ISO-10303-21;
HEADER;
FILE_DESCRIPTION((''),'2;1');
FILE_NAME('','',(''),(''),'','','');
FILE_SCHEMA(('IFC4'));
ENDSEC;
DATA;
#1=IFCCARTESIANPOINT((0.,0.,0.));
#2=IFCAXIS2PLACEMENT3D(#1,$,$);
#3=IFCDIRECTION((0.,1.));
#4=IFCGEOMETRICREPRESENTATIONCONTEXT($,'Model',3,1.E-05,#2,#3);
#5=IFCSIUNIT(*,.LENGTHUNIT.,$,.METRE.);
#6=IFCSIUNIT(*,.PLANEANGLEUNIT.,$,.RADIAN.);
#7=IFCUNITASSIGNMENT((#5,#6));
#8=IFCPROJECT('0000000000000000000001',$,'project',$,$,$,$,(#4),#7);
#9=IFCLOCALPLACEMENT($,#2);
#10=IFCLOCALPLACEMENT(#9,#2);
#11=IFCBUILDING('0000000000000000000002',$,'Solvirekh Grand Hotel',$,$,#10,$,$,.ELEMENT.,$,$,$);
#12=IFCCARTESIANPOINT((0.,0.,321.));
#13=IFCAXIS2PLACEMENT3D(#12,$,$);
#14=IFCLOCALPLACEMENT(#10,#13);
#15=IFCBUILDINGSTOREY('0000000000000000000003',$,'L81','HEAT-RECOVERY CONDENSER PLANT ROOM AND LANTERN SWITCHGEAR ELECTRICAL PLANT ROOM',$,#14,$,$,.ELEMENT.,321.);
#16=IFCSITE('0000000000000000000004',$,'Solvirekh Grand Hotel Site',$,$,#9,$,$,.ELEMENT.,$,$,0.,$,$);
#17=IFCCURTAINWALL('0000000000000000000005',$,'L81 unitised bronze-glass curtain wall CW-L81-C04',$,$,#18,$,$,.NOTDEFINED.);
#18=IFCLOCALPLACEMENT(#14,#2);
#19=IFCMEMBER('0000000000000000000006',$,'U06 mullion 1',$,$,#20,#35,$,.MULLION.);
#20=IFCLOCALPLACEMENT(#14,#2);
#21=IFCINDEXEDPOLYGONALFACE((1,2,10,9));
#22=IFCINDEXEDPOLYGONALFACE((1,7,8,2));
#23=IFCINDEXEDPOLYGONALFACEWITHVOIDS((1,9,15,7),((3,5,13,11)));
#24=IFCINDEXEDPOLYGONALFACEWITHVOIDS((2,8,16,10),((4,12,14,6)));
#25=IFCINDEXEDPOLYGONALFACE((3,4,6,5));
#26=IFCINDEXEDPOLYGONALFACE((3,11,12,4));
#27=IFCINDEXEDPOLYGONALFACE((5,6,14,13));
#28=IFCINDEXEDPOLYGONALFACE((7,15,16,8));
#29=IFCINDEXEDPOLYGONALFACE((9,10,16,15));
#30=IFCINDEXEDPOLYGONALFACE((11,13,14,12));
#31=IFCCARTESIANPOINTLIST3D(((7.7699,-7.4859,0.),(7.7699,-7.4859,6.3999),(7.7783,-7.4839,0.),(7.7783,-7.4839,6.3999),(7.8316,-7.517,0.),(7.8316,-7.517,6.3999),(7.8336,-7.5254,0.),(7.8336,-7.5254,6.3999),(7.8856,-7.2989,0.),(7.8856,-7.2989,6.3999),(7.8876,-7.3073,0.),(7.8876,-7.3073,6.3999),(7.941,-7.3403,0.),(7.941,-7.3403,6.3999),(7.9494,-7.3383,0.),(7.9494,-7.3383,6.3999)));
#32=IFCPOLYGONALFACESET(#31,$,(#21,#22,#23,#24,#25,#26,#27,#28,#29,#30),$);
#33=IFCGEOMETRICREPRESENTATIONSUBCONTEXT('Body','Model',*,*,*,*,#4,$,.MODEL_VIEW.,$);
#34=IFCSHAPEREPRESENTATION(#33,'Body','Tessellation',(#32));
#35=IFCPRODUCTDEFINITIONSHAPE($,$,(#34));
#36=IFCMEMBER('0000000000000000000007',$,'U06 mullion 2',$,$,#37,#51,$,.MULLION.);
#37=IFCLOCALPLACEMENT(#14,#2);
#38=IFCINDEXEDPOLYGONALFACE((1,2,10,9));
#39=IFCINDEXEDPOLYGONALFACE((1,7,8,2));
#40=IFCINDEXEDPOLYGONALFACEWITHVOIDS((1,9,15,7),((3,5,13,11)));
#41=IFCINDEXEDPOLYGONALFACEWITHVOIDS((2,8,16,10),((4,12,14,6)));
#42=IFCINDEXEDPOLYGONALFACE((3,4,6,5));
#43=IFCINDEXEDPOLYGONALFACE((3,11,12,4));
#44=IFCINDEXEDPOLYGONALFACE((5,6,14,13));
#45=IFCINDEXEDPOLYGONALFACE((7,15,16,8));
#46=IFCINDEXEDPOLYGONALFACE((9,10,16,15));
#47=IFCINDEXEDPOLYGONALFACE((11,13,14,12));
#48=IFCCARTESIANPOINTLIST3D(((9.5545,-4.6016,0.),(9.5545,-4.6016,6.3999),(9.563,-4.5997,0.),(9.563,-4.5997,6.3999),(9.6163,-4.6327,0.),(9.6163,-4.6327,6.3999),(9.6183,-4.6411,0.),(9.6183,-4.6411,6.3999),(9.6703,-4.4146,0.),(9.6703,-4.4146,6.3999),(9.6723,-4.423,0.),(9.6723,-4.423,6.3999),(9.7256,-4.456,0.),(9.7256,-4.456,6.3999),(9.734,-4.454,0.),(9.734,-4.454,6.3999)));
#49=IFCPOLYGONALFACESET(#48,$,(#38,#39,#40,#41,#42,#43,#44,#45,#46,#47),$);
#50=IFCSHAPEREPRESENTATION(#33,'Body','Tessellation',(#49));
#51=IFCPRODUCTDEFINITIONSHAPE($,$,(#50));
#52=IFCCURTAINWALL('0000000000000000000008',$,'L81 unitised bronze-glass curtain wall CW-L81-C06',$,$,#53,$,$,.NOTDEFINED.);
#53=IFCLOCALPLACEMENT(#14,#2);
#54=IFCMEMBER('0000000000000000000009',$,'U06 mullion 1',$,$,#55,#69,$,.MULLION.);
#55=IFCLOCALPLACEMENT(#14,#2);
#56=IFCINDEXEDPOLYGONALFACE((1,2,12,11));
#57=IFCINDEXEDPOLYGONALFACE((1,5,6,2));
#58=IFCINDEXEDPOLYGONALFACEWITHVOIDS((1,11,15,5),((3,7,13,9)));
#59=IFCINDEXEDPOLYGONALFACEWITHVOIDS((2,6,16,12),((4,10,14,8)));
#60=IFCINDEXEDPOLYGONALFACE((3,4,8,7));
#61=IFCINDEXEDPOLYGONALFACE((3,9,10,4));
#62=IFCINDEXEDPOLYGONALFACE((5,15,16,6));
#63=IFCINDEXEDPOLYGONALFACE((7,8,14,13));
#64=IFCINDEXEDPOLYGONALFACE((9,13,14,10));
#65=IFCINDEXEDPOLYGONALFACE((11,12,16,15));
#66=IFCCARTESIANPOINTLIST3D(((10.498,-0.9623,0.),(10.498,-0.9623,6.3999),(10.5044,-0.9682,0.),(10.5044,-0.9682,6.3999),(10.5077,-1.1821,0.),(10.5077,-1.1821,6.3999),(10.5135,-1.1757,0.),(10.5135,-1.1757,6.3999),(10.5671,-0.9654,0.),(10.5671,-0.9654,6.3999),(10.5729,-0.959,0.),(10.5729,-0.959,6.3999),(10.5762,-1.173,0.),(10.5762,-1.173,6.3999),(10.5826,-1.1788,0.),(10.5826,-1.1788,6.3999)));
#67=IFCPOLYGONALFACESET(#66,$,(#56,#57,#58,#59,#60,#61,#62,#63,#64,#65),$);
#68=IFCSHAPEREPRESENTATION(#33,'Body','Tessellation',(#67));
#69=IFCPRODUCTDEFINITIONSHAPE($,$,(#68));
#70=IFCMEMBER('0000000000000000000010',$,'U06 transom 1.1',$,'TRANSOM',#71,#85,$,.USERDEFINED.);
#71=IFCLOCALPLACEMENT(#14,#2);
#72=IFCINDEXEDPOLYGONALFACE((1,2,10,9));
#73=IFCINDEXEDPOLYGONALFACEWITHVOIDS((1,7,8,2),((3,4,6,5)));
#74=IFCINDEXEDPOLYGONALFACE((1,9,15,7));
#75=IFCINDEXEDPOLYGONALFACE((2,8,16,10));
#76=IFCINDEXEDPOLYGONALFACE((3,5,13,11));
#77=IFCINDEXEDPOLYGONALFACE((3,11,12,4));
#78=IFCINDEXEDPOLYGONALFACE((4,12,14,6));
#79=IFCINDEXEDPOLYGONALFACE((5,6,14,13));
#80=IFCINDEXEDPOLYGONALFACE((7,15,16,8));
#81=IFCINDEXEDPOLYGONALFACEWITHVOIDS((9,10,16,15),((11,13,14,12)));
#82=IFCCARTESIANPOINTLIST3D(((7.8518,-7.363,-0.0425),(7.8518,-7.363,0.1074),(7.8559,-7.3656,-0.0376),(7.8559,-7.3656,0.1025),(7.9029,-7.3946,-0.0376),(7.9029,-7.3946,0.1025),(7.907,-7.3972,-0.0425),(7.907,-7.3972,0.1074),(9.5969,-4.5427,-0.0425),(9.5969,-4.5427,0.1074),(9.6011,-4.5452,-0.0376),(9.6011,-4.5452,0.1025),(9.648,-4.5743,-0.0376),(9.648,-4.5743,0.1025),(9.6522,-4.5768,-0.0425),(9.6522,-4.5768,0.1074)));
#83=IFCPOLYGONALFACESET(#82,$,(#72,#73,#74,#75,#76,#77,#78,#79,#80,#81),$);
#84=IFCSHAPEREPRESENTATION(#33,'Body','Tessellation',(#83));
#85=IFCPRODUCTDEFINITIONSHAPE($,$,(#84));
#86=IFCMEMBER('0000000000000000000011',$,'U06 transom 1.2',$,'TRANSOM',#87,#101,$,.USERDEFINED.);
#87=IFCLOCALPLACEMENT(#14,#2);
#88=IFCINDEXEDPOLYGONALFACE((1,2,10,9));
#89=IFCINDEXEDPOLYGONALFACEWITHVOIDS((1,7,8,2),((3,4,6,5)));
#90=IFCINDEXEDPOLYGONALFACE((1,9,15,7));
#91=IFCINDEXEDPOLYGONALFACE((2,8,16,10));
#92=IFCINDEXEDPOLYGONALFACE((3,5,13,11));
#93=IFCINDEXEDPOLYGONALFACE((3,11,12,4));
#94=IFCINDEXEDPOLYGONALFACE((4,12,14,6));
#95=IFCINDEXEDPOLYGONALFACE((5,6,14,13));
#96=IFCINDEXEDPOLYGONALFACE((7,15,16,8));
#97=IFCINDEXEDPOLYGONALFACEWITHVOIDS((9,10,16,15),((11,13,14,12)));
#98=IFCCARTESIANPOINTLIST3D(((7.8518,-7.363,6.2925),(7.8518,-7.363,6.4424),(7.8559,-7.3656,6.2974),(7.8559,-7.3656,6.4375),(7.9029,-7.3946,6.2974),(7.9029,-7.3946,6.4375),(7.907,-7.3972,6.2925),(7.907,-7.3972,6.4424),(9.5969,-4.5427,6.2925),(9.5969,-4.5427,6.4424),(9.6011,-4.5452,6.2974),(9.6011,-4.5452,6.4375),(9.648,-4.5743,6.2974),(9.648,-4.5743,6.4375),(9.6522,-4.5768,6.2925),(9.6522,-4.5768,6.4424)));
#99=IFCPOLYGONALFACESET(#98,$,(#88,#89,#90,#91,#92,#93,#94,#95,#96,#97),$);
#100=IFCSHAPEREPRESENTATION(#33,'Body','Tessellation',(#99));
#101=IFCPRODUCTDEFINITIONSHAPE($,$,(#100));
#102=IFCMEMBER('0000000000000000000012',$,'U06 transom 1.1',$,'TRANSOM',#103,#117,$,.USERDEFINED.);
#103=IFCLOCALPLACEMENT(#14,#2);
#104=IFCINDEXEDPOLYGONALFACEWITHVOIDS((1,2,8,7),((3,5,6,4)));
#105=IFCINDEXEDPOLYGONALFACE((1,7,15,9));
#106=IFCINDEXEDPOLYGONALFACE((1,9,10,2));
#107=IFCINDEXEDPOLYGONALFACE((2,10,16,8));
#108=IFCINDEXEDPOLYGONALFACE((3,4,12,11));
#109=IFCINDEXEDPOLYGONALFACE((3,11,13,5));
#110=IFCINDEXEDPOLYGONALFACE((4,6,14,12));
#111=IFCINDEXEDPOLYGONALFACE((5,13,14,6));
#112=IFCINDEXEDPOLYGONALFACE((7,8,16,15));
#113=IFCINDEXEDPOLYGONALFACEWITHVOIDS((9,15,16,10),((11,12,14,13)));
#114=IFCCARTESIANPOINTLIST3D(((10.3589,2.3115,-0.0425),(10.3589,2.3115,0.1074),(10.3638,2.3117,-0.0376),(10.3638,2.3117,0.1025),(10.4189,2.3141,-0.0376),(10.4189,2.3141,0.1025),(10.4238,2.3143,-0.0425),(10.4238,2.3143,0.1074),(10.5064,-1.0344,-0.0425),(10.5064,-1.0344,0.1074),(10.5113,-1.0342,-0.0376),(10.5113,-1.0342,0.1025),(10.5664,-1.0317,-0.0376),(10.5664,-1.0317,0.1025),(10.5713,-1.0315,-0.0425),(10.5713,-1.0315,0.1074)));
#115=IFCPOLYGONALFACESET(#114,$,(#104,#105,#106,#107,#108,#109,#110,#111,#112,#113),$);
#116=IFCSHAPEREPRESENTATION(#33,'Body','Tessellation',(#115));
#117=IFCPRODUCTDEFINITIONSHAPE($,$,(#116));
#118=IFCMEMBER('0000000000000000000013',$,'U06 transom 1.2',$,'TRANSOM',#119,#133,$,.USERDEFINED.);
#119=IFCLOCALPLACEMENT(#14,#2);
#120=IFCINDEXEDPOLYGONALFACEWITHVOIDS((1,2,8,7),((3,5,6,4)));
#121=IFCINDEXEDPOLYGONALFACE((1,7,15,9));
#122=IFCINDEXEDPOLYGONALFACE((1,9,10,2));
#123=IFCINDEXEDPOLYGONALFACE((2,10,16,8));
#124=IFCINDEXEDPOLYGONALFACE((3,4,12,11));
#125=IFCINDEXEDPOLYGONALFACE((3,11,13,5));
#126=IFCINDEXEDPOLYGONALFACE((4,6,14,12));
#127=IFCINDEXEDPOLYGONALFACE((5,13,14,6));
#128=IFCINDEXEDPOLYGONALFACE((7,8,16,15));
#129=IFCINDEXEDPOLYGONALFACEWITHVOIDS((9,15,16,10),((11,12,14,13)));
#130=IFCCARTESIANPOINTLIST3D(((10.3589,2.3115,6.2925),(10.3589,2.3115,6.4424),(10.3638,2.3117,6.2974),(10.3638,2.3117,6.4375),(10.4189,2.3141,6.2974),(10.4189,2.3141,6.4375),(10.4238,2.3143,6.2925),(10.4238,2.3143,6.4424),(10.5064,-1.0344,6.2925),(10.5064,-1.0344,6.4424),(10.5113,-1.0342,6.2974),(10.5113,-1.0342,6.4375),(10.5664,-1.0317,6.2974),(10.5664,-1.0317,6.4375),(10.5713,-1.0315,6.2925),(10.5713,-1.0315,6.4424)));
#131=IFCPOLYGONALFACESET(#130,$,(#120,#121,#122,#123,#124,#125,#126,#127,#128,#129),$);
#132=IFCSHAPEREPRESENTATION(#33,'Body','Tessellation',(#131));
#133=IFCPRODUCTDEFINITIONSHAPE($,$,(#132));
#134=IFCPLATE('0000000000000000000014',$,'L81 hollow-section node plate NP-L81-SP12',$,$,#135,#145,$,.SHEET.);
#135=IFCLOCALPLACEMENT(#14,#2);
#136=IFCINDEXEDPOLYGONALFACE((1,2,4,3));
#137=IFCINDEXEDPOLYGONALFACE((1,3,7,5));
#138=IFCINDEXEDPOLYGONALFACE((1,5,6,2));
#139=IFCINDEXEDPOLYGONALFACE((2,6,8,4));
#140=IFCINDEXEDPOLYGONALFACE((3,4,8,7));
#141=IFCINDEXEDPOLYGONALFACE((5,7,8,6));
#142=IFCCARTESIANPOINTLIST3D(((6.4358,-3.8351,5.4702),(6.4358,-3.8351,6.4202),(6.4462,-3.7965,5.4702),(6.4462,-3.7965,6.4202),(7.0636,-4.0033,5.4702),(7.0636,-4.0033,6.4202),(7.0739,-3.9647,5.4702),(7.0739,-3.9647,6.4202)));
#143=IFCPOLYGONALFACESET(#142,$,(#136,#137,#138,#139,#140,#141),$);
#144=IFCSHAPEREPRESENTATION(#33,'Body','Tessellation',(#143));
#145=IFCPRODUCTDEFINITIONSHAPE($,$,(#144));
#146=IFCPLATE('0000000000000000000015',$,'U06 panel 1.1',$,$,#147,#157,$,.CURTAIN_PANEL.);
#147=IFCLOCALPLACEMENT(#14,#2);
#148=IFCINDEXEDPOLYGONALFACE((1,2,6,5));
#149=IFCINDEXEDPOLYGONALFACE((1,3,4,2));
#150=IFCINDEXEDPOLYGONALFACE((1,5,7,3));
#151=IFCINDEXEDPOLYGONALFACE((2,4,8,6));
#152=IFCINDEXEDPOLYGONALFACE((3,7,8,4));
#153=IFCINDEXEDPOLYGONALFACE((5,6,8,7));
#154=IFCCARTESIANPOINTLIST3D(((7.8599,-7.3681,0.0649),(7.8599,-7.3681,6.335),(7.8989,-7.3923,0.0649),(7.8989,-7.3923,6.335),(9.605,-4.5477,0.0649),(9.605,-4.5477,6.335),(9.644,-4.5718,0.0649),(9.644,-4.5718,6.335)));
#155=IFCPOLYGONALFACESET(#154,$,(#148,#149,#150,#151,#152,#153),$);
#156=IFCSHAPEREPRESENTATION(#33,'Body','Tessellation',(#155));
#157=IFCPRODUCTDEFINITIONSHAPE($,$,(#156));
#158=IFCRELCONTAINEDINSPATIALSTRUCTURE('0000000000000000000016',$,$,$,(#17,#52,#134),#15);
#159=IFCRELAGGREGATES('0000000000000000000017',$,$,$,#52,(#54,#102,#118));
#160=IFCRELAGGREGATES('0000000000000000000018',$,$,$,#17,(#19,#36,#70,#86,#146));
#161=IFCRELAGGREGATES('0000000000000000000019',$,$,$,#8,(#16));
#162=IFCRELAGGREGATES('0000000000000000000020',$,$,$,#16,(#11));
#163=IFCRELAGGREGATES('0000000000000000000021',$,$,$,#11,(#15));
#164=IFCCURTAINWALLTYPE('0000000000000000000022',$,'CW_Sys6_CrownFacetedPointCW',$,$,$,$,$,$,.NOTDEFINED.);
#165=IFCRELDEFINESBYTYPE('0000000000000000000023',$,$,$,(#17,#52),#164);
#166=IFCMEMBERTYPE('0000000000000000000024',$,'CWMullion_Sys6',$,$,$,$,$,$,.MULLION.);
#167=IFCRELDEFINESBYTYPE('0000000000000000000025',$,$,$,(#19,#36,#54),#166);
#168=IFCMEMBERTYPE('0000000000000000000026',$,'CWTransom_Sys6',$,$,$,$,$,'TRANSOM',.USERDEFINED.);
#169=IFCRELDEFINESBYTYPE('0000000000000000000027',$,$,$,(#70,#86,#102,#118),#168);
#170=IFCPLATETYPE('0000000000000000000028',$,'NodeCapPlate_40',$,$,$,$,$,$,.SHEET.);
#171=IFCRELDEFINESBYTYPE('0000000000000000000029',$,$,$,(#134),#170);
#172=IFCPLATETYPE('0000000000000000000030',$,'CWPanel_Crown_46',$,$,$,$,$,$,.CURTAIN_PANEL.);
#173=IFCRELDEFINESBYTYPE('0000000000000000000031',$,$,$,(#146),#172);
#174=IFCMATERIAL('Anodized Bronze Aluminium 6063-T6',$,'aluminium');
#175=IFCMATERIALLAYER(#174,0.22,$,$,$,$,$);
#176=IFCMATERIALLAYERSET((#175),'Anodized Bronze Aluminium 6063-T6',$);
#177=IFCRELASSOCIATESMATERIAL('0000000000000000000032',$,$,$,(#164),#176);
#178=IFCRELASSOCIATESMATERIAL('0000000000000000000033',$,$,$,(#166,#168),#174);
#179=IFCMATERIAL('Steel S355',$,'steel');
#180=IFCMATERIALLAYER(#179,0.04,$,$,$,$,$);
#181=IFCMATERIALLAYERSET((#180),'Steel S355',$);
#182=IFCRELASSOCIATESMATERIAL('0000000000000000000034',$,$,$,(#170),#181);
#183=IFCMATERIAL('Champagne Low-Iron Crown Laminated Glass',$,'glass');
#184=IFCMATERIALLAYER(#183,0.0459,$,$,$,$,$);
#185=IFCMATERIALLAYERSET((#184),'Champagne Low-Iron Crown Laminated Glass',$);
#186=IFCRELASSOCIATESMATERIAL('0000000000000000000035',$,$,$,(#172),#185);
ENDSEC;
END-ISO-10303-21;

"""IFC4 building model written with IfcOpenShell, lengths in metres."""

from ifc_helpers import new_model, si_unit, direction, frame, origin, origin_2d, place, context, subcontext, project, spatial, rectangle, hollow_rectangle, extrude, source, transform, mapped, material, layer, layer_set, material_profile, profile_set, type_object, element, aggregate, save


model = new_model("IFC4")

# Units and contexts
model_context = context("Model", 3, precision=1e-05, world=origin(), true_north=direction((0.0, 1.0)))
body_context = subcontext(model_context, "Body", "Model", "MODEL_VIEW")
ifc_project = project(units=[si_unit("LENGTHUNIT", "METRE"), si_unit("PLANEANGLEUNIT", "RADIAN")], contexts=[model_context])

# Site, building, storey
site_placement = place(None, origin())
site = spatial("IfcSite", under=ifc_project, at=site_placement, Name="Solvirekh Grand Hotel Site", CompositionType="ELEMENT", RefElevation=0.0)
building_placement = place(site_placement, origin())
building = spatial("IfcBuilding", under=site, at=building_placement, Name="Solvirekh Grand Hotel", CompositionType="ELEMENT")
storey_placement = place(building_placement, frame((0.0, 0.0, 321.0)))
storey = spatial("IfcBuildingStorey", under=building, at=storey_placement, Name="L81", Description="HEAT-RECOVERY CONDENSER PLANT ROOM AND LANTERN SWITCHGEAR ELECTRICAL PLANT ROOM", CompositionType="ELEMENT", Elevation=321.0)

# Shared definitions
ifc_material_1 = material(Name="Steel S355", Category="steel")

# Shared definitions
ifc_material_2 = material(Name="Anodized Bronze Aluminium 6063-T6", Category="aluminium")
ifc_layer_1 = layer(ifc_material_2, 0.22)
ifc_layer_set_1 = layer_set([ifc_layer_1], Name="Anodized Bronze Aluminium 6063-T6")
curtain_wall_type = type_object("IfcCurtainWallType", Name="CW_Sys6_CrownFacetedPointCW", PredefinedType="NOTDEFINED", material=ifc_layer_set_1)
ifc_material_profile_1 = material_profile(ifc_material_2, hollow_rectangle(XDim=0.075, YDim=0.22, WallThickness=0.0061, at=origin_2d()), Name="ALU RHS 220X75X6")
ifc_profile_set_1 = profile_set([ifc_material_profile_1], Name="Anodized Bronze Aluminium 6063-T6")
member_type_1 = type_object("IfcMemberType", Name="CWMullion_Sys6", PredefinedType="MULLION", material=ifc_profile_set_1)
shared_shape_1 = source(origin(), body_context, "Body", "SweptSolid", [
    extrude(hollow_rectangle(XDim=0.075, YDim=0.22, WallThickness=0.0061, at=origin_2d()), origin(), (0.0, 0.0, 1.0), 6.3999),
])

# Curtain wall, members
curtain_wall_1_placement = place(storey_placement, origin())
curtain_wall_1 = element("IfcCurtainWall", 1, at=curtain_wall_1_placement, inside=storey, type_object=curtain_wall_type, Name="L81 unitised bronze-glass curtain wall CW-L81-C04", PredefinedType="NOTDEFINED")
member_1_placement = place(storey_placement, frame((7.8596, -7.4121, 0.0), z_axis=(0.0, 0.0, 1.0), x_axis=(-0.850388, 0.526156, 0.0)))
member_1 = element("IfcMember", 2, at=member_1_placement, type_object=member_type_1, Name="U06 mullion 1", PredefinedType="MULLION", context=body_context, shape_type="MappedRepresentation", body=[
    mapped(shared_shape_1, transform((0.0, 0.0, 0.0), x_axis=(1.0, 0.0, 0.0), y_axis=(0.0, 1.0, 0.0), z_axis=(0.0, 0.0, 1.0), scale=1.0)),
])
member_2_placement = place(storey_placement, frame((9.6443, -4.5278, 0.0), z_axis=(0.0, 0.0, 1.0), x_axis=(-0.850388, 0.526156, 0.0)))
member_2 = element("IfcMember", 3, at=member_2_placement, type_object=member_type_1, Name="U06 mullion 2", PredefinedType="MULLION", context=body_context, shape_type="MappedRepresentation", body=[
    mapped(shared_shape_1, transform((0.0, 0.0, 0.0), x_axis=(1.0, 0.0, 0.0), y_axis=(0.0, 1.0, 0.0), z_axis=(0.0, 0.0, 1.0), scale=1.0)),
])

# Curtain wall, member
curtain_wall_2_placement = place(storey_placement, origin())
curtain_wall_2 = element("IfcCurtainWall", 4, at=curtain_wall_2_placement, inside=storey, type_object=curtain_wall_type, Name="L81 unitised bronze-glass curtain wall CW-L81-C06", PredefinedType="NOTDEFINED")
member_3_placement = place(storey_placement, frame((10.5403, -1.0706, 0.0), z_axis=(0.0, 0.0, 1.0), x_axis=(-0.999031, -0.044008, 0.0)))
member_3 = element("IfcMember", 5, at=member_3_placement, type_object=member_type_1, Name="U06 mullion 1", PredefinedType="MULLION", context=body_context, shape_type="MappedRepresentation", body=[
    mapped(shared_shape_1, transform((0.0, 0.0, 0.0), x_axis=(1.0, 0.0, 0.0), y_axis=(0.0, 1.0, 0.0), z_axis=(0.0, 0.0, 1.0), scale=1.0)),
])

# Members
ifc_material_profile_2 = material_profile(ifc_material_2, hollow_rectangle(XDim=0.0649, YDim=0.1499, WallThickness=0.0049, at=origin_2d()), Name="ALU RHS 150X65X5")
ifc_profile_set_2 = profile_set([ifc_material_profile_2], Name="Anodized Bronze Aluminium 6063-T6")
member_type_2 = type_object("IfcMemberType", Name="CWTransom_Sys6", ElementType="TRANSOM", PredefinedType="USERDEFINED", material=ifc_profile_set_2)
shared_shape_2 = source(origin(), body_context, "Body", "SweptSolid", [
    extrude(hollow_rectangle(XDim=0.0649, YDim=0.1499, WallThickness=0.0049, at=origin_2d()), origin(), (0.0, 0.0, 1.0), 3.3167),
])
member_4_placement = place(storey_placement, frame((7.8794, -7.3801, 0.0325), z_axis=(0.526182, 0.850372, 0.0), x_axis=(-0.850372, 0.526182, 0.0)))
member_4 = element("IfcMember", 6, at=member_4_placement, type_object=member_type_2, Name="U06 transom 1.1", ObjectType="TRANSOM", PredefinedType="USERDEFINED", context=body_context, shape_type="MappedRepresentation", body=[
    mapped(shared_shape_2, transform((0.0, 0.0, 0.0), x_axis=(1.0, 0.0, 0.0), y_axis=(0.0, 1.0, 0.0), z_axis=(0.0, 0.0, 1.0), scale=1.0)),
])
member_5_placement = place(storey_placement, frame((7.8794, -7.3801, 6.3674), z_axis=(0.526182, 0.850372, 0.0), x_axis=(-0.850372, 0.526182, 0.0)))
member_5 = element("IfcMember", 7, at=member_5_placement, type_object=member_type_2, Name="U06 transom 1.2", ObjectType="TRANSOM", PredefinedType="USERDEFINED", context=body_context, shape_type="MappedRepresentation", body=[
    mapped(shared_shape_2, transform((0.0, 0.0, 0.0), x_axis=(1.0, 0.0, 0.0), y_axis=(0.0, 1.0, 0.0), z_axis=(0.0, 0.0, 1.0), scale=1.0)),
])
shared_shape_3 = source(origin(), body_context, "Body", "SweptSolid", [
    extrude(hollow_rectangle(XDim=0.0649, YDim=0.1499, WallThickness=0.0049, at=origin_2d()), origin(), (0.0, 0.0, 1.0), 3.3491),
])
member_6_placement = place(storey_placement, frame((10.5388, -1.033, 0.0325), z_axis=(-0.044029, 0.99903, 0.0), x_axis=(-0.99903, -0.044029, 0.0)))
member_6 = element("IfcMember", 8, at=member_6_placement, type_object=member_type_2, Name="U06 transom 1.1", ObjectType="TRANSOM", PredefinedType="USERDEFINED", context=body_context, shape_type="MappedRepresentation", body=[
    mapped(shared_shape_3, transform((0.0, 0.0, 0.0), x_axis=(1.0, 0.0, 0.0), y_axis=(0.0, 1.0, 0.0), z_axis=(0.0, 0.0, 1.0), scale=1.0)),
])
member_7_placement = place(storey_placement, frame((10.5388, -1.033, 6.3674), z_axis=(-0.044029, 0.99903, 0.0), x_axis=(-0.99903, -0.044029, 0.0)))
member_7 = element("IfcMember", 9, at=member_7_placement, type_object=member_type_2, Name="U06 transom 1.2", ObjectType="TRANSOM", PredefinedType="USERDEFINED", context=body_context, shape_type="MappedRepresentation", body=[
    mapped(shared_shape_3, transform((0.0, 0.0, 0.0), x_axis=(1.0, 0.0, 0.0), y_axis=(0.0, 1.0, 0.0), z_axis=(0.0, 0.0, 1.0), scale=1.0)),
])
aggregate(curtain_wall_2, [member_3, member_6, member_7])

# Plates
ifc_layer_2 = layer(ifc_material_1, 0.04)
ifc_layer_set_2 = layer_set([ifc_layer_2], Name="Steel S355")
plate_type_1 = type_object("IfcPlateType", Name="NodeCapPlate_40", PredefinedType="SHEET", material=ifc_layer_set_2)
plate_1_placement = place(storey_placement, frame((6.7549, -3.8999, 5.4702), z_axis=(0.0, 0.0, 1.0), x_axis=(0.258819, 0.965926, 0.0)))
element("IfcPlate", 10, at=plate_1_placement, inside=storey, type_object=plate_type_1, Name="L81 hollow-section node plate NP-L81-SP12", PredefinedType="SHEET", context=body_context, shape_type="SweptSolid", body=[
    extrude(rectangle(XDim=0.04, YDim=0.6499, at=origin_2d()), origin(), (0.0, 0.0, 1.0), 0.95),
])
ifc_material_3 = material(Name="Champagne Low-Iron Crown Laminated Glass", Category="glass")
ifc_layer_3 = layer(ifc_material_3, 0.0459)
ifc_layer_set_3 = layer_set([ifc_layer_3], Name="Champagne Low-Iron Crown Laminated Glass")
plate_type_2 = type_object("IfcPlateType", Name="CWPanel_Crown_46", PredefinedType="CURTAIN_PANEL", material=ifc_layer_set_3)
shared_shape_4 = source(origin(), body_context, "Body", "SweptSolid", [
    extrude(rectangle(XDim=3.3167, YDim=0.0459, at=origin_2d()), origin(), (0.0, 0.0, 1.0), 6.27),
])
plate_2_placement = place(storey_placement, frame((8.752, -5.97, 0.0649), z_axis=(0.0, 0.0, 1.0), x_axis=(0.526156, 0.850388, 0.0)))
plate_2 = element("IfcPlate", 11, at=plate_2_placement, type_object=plate_type_2, Name="U06 panel 1.1", PredefinedType="CURTAIN_PANEL", context=body_context, shape_type="MappedRepresentation", body=[
    mapped(shared_shape_4, transform((0.0, 0.0, 0.0), x_axis=(1.0, 0.0, 0.0), y_axis=(0.0, 1.0, 0.0), z_axis=(0.0, 0.0, 1.0), scale=1.0)),
])
aggregate(curtain_wall_1, [member_1, member_2, member_4, member_5, plate_2])

save(model, "model.ifc")
